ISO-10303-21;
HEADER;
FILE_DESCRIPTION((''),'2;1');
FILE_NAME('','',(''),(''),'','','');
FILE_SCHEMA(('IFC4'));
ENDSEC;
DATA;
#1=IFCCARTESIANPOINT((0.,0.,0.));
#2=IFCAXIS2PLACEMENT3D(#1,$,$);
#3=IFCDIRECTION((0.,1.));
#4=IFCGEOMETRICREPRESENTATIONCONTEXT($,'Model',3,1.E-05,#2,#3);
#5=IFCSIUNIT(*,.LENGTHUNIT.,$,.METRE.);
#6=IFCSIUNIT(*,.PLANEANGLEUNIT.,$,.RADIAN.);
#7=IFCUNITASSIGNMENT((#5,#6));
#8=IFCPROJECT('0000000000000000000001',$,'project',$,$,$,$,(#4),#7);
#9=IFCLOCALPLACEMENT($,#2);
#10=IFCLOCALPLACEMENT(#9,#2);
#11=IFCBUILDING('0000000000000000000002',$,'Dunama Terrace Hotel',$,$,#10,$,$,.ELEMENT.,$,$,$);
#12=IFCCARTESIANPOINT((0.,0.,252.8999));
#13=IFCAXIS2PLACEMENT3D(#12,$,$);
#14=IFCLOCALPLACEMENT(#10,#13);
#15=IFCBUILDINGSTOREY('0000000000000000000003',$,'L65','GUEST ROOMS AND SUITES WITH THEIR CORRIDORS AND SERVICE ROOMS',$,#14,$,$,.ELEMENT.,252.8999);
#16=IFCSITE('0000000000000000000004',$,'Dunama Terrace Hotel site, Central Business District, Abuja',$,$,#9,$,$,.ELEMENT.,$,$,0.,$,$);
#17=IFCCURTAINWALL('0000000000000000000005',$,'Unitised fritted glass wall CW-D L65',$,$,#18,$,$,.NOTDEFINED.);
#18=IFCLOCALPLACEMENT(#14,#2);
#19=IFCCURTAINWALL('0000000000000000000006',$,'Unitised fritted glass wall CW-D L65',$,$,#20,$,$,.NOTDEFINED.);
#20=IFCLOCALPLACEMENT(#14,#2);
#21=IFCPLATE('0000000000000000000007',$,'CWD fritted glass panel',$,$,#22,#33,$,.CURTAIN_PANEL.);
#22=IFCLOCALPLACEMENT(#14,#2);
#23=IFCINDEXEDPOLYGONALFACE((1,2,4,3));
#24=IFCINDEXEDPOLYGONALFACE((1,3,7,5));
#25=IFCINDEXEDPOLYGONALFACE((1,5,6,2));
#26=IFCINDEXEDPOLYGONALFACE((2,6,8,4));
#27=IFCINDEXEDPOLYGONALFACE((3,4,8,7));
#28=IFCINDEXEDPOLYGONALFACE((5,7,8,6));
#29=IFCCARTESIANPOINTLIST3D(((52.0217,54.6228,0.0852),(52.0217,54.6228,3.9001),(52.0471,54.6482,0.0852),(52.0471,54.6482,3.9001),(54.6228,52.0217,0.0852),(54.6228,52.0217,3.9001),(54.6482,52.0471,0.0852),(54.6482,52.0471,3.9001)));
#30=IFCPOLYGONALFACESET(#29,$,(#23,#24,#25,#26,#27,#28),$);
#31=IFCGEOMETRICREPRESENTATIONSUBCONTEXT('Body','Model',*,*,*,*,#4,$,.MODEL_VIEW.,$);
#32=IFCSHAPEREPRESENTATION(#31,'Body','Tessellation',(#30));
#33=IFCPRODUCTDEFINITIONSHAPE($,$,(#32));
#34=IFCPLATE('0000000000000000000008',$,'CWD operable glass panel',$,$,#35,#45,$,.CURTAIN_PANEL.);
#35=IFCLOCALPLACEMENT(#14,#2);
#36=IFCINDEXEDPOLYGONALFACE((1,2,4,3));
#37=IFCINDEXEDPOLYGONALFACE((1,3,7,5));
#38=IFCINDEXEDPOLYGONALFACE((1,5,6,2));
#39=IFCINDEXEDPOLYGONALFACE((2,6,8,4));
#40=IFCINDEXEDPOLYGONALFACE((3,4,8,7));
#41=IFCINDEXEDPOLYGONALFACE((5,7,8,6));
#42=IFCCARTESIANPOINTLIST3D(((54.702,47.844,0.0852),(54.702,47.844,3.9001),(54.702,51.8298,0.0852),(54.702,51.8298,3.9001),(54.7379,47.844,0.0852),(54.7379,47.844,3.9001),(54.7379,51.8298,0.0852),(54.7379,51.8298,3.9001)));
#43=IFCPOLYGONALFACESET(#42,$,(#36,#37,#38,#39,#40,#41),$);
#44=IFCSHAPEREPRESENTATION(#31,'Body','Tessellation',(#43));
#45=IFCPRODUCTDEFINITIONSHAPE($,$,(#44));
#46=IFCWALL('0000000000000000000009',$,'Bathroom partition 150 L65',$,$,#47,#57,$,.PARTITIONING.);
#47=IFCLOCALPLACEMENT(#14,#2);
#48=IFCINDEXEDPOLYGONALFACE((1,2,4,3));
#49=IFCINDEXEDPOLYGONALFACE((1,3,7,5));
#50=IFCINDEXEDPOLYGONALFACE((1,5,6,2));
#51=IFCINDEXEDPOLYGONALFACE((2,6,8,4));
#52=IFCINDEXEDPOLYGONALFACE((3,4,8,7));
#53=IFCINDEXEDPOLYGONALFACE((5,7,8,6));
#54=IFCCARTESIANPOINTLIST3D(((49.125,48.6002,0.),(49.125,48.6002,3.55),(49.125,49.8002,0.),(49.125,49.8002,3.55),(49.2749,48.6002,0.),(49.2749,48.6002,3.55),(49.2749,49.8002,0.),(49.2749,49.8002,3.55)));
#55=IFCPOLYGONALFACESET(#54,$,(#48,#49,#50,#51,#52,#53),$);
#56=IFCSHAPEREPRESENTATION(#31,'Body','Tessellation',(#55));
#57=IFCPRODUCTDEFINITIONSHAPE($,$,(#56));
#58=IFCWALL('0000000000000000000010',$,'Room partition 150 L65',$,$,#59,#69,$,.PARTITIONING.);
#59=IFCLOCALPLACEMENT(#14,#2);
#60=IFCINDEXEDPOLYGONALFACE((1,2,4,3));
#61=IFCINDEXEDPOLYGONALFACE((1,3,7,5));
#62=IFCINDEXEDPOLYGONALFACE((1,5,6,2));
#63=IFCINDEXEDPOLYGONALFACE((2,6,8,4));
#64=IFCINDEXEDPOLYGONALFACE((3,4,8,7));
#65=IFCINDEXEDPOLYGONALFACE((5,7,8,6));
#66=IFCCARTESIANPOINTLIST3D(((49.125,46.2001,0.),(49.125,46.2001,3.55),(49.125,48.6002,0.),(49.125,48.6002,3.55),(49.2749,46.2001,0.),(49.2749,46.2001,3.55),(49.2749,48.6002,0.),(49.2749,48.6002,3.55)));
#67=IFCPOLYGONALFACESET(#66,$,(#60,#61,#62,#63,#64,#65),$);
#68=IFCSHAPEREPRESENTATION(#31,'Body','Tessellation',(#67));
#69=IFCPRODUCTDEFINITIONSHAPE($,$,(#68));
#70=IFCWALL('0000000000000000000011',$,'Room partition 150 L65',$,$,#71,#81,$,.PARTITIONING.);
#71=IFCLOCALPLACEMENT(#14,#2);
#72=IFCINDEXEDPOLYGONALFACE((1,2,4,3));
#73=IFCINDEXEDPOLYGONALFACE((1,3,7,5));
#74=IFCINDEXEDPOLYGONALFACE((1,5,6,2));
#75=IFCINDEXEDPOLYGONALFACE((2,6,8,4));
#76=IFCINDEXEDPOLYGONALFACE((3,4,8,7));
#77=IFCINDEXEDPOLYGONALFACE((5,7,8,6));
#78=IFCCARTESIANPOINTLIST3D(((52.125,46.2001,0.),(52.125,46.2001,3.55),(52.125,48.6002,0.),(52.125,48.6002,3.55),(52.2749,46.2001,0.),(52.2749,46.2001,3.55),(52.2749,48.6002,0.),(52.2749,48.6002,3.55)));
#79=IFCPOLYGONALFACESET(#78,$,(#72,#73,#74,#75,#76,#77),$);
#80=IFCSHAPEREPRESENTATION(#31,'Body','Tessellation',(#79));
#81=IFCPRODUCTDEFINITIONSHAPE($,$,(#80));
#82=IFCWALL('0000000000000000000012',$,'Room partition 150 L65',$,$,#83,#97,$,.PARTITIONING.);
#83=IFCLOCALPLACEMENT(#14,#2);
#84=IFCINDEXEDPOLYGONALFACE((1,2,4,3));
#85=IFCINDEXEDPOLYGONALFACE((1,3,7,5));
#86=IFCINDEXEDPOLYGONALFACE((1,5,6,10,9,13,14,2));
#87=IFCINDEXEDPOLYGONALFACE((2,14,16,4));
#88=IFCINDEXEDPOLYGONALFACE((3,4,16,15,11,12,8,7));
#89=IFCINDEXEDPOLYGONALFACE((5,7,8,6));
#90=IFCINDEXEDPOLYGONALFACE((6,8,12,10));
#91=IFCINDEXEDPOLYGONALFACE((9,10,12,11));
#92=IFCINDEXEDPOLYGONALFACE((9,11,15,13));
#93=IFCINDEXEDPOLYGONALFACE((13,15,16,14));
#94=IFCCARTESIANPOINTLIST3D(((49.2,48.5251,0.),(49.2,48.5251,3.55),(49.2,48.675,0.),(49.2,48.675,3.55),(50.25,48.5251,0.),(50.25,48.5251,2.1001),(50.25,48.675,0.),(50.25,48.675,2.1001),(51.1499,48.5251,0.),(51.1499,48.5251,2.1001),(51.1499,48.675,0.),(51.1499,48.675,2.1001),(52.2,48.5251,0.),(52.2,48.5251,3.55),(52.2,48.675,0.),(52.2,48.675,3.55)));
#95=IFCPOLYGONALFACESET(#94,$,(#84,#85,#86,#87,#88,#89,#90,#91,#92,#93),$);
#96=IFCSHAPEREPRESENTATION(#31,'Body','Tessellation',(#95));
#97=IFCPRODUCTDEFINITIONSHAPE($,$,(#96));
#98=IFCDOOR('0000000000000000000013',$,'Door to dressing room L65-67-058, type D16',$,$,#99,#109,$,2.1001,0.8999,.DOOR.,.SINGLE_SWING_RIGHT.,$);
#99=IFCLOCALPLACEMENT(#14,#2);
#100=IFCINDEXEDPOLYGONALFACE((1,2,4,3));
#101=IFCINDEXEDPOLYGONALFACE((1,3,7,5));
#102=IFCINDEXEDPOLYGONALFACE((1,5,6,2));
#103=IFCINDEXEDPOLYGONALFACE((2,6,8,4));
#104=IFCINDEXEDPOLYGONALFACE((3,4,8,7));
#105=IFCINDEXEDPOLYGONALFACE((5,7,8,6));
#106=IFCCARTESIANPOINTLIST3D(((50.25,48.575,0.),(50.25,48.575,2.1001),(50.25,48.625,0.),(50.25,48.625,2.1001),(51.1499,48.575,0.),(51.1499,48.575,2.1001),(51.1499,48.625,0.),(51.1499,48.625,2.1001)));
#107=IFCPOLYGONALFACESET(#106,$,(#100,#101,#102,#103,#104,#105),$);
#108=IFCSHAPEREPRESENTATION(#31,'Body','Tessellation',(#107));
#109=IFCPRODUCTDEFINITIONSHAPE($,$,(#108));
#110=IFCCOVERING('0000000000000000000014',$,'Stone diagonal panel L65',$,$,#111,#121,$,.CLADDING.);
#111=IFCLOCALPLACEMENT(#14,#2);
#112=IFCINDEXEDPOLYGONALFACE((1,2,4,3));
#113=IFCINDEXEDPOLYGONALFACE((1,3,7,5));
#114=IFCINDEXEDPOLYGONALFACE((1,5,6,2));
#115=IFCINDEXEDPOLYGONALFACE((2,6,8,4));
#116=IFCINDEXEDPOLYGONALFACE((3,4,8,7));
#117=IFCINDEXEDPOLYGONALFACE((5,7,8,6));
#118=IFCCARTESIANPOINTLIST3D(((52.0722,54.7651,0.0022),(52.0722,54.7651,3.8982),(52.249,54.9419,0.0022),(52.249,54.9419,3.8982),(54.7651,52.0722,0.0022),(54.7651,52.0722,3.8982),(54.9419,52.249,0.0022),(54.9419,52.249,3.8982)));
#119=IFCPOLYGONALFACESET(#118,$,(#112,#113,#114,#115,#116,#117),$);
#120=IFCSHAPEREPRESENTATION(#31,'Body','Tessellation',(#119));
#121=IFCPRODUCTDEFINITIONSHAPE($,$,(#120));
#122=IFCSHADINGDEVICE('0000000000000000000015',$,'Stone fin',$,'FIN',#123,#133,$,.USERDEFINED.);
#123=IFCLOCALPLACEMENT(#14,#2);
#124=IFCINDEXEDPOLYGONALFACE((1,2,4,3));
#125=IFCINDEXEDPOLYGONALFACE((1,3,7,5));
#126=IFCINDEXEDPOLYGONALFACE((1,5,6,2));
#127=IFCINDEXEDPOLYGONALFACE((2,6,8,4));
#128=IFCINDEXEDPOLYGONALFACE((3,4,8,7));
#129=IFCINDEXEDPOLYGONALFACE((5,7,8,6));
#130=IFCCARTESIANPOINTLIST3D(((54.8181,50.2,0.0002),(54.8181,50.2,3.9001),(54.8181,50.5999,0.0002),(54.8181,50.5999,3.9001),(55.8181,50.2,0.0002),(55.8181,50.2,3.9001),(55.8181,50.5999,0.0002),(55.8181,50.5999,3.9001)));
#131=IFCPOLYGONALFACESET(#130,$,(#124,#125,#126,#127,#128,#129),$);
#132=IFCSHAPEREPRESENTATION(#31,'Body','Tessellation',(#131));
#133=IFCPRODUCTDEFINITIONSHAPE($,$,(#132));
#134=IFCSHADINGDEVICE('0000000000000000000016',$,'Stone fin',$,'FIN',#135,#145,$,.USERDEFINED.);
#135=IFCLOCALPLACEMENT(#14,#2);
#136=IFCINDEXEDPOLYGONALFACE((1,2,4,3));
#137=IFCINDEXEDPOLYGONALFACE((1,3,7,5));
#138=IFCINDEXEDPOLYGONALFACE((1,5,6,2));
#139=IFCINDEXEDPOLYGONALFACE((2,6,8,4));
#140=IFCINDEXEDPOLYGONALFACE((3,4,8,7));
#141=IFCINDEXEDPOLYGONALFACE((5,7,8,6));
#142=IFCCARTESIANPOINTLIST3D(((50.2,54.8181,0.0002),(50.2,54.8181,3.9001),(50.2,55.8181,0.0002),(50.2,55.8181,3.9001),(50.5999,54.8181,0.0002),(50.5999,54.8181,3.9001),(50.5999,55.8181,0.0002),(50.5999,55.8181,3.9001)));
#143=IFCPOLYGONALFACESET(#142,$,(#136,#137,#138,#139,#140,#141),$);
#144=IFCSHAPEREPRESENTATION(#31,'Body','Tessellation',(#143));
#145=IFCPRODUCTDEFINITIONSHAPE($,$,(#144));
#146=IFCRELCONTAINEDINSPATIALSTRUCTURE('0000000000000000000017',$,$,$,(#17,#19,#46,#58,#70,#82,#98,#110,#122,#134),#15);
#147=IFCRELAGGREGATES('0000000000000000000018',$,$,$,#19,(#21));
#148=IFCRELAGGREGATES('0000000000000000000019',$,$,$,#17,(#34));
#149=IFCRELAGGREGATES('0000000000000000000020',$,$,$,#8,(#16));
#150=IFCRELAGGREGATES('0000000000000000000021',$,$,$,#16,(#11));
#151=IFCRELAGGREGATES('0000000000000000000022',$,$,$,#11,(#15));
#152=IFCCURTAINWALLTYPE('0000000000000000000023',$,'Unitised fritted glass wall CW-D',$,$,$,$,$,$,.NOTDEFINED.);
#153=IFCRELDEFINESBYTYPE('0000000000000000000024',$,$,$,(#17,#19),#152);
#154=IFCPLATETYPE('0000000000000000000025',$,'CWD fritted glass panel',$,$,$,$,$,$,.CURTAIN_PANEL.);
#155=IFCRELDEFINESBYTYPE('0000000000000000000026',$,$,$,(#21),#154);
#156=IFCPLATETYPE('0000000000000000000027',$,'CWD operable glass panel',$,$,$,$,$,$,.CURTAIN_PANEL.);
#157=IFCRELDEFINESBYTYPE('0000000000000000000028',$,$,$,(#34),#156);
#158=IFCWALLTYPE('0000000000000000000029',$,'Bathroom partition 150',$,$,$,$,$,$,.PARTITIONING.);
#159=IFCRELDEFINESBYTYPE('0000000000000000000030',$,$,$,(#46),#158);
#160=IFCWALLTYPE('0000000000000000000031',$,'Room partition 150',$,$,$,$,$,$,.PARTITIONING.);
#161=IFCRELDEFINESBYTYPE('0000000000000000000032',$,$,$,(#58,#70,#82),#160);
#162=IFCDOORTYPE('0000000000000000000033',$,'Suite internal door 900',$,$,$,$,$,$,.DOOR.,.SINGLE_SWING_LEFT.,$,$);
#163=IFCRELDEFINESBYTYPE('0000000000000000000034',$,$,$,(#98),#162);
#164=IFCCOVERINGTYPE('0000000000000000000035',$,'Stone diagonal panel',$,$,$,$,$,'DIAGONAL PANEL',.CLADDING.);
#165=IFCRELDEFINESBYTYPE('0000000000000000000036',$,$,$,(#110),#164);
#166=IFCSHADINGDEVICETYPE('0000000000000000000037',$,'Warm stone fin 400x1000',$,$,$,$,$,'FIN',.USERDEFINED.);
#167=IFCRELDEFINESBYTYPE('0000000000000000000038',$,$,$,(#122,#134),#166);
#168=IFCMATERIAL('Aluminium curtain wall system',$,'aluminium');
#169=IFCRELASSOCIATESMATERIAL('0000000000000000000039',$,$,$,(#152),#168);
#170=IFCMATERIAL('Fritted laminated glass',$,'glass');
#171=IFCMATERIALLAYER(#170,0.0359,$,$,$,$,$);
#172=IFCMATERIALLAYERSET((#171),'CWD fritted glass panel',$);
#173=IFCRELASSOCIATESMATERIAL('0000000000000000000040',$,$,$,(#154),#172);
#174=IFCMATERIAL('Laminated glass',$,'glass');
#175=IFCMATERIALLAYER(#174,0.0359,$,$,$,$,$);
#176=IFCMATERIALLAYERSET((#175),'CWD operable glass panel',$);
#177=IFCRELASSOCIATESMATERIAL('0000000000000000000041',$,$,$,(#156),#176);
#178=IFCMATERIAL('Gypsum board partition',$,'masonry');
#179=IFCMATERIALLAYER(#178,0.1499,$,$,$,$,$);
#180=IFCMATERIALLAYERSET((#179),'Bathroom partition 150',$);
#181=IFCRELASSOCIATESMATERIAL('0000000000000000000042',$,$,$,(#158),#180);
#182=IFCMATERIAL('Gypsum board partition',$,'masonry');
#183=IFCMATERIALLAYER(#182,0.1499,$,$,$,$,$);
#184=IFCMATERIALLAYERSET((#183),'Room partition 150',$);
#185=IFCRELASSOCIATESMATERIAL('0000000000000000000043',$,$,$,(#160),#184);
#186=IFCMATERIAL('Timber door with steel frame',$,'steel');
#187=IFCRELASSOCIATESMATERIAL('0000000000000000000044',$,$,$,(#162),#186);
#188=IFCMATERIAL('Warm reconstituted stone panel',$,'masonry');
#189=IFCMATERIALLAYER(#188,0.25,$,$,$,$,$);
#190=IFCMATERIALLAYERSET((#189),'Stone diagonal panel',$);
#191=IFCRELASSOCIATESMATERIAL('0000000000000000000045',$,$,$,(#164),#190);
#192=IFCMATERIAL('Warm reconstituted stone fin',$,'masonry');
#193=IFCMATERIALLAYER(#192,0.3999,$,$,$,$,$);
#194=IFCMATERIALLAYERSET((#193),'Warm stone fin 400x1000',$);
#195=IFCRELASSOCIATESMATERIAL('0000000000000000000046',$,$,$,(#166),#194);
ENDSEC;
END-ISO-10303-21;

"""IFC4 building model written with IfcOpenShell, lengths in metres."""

from ifc_helpers import new_model, si_unit, direction, frame, frame_2d, origin, origin_2d, place, context, subcontext, project, spatial, rectangle, extrude, material, layer, layer_set, type_object, element, fill, aggregate, save


model = new_model("IFC4")

# Units and contexts
model_context = context("Model", 3, precision=1e-05, world=origin(), true_north=direction((0.0, 1.0)))
body_context = subcontext(model_context, "Body", "Model", "MODEL_VIEW")
ifc_project = project(units=[si_unit("LENGTHUNIT", "METRE"), si_unit("PLANEANGLEUNIT", "RADIAN")], contexts=[model_context])

# Site, building, storey
site_placement = place(None, origin())
site = spatial("IfcSite", under=ifc_project, at=site_placement, Name="Dunama Terrace Hotel site, Central Business District, Abuja", CompositionType="ELEMENT", RefElevation=0.0)
building_placement = place(site_placement, origin())
building = spatial("IfcBuilding", under=site, at=building_placement, Name="Dunama Terrace Hotel", CompositionType="ELEMENT")
storey_placement = place(building_placement, frame((0.0, 0.0, 252.8999)))
storey = spatial("IfcBuildingStorey", under=building, at=storey_placement, Name="L65", Description="GUEST ROOMS AND SUITES WITH THEIR CORRIDORS AND SERVICE ROOMS", CompositionType="ELEMENT", Elevation=252.8999)

# Curtain walls
ifc_material_1 = material(Name="Aluminium curtain wall system", Category="aluminium")
curtain_wall_type = type_object("IfcCurtainWallType", Name="Unitised fritted glass wall CW-D", PredefinedType="NOTDEFINED", material=ifc_material_1)
curtain_wall_1_placement = place(storey_placement, origin())
curtain_wall_1 = element("IfcCurtainWall", 1, at=curtain_wall_1_placement, inside=storey, type_object=curtain_wall_type, Name="Unitised fritted glass wall CW-D L65", PredefinedType="NOTDEFINED")
curtain_wall_2_placement = place(storey_placement, origin())
curtain_wall_2 = element("IfcCurtainWall", 2, at=curtain_wall_2_placement, inside=storey, type_object=curtain_wall_type, Name="Unitised fritted glass wall CW-D L65", PredefinedType="NOTDEFINED")

# Plates
ifc_material_2 = material(Name="Fritted laminated glass", Category="glass")
ifc_layer_1 = layer(ifc_material_2, 0.0359)
ifc_layer_set_1 = layer_set([ifc_layer_1], Name="CWD fritted glass panel")
plate_type_1 = type_object("IfcPlateType", Name="CWD fritted glass panel", PredefinedType="CURTAIN_PANEL", material=ifc_layer_set_1)
plate_1_placement = place(storey_placement, frame((53.335, 53.335, 0.0852), z_axis=(0.0, 0.0, 1.0), x_axis=(-0.707107, 0.707107, 0.0)))
plate_1 = element("IfcPlate", 3, at=plate_1_placement, type_object=plate_type_1, Name="CWD fritted glass panel", PredefinedType="CURTAIN_PANEL", context=body_context, shape_type="SweptSolid", body=[
    extrude(rectangle(XDim=3.6785, YDim=0.0359, at=origin_2d()), origin(), (0.0, 0.0, 1.0), 3.8149),
])
aggregate(curtain_wall_2, [plate_1])
ifc_material_3 = material(Name="Laminated glass", Category="glass")
ifc_layer_2 = layer(ifc_material_3, 0.0359)
ifc_layer_set_2 = layer_set([ifc_layer_2], Name="CWD operable glass panel")
plate_type_2 = type_object("IfcPlateType", Name="CWD operable glass panel", PredefinedType="CURTAIN_PANEL", material=ifc_layer_set_2)
plate_2_placement = place(storey_placement, frame((54.72, 49.8369, 0.0852), z_axis=(0.0, 0.0, 1.0), x_axis=(0.0, 1.0, 0.0)))
plate_2 = element("IfcPlate", 4, at=plate_2_placement, type_object=plate_type_2, Name="CWD operable glass panel", PredefinedType="CURTAIN_PANEL", context=body_context, shape_type="SweptSolid", body=[
    extrude(rectangle(XDim=3.9858, YDim=0.0359, at=origin_2d()), origin(), (0.0, 0.0, 1.0), 3.8149),
])
aggregate(curtain_wall_1, [plate_2])

# Walls
ifc_material_4 = material(Name="Gypsum board partition", Category="masonry")
ifc_layer_3 = layer(ifc_material_4, 0.1499)
ifc_layer_set_3 = layer_set([ifc_layer_3], Name="Bathroom partition 150")
wall_type_1 = type_object("IfcWallType", Name="Bathroom partition 150", PredefinedType="PARTITIONING", material=ifc_layer_set_3)
wall_1_placement = place(storey_placement, frame((49.2, 48.6001, 0.0), z_axis=(0.0, 0.0, 1.0), x_axis=(0.0, 1.0, 0.0)))
element("IfcWall", 5, at=wall_1_placement, inside=storey, type_object=wall_type_1, Name="Bathroom partition 150 L65", PredefinedType="PARTITIONING", context=body_context, shape_type="SweptSolid", body=[
    extrude(rectangle(XDim=1.2, YDim=0.1499, at=frame_2d((0.6001, 0.0))), origin(), (0.0, 0.0, 1.0), 3.55),
])
ifc_material_5 = material(Name="Gypsum board partition", Category="masonry")
ifc_layer_4 = layer(ifc_material_5, 0.1499)
ifc_layer_set_4 = layer_set([ifc_layer_4], Name="Room partition 150")
wall_type_2 = type_object("IfcWallType", Name="Room partition 150", PredefinedType="PARTITIONING", material=ifc_layer_set_4)
for number, where, z_axis, x_axis, name in (
    (6, (49.2, 46.2, 0.0), (0.0, 0.0, 1.0), (0.0, 1.0, 0.0), "Room partition 150 L65"),
    (7, (52.2, 46.2, 0.0), (0.0, 0.0, 1.0), (0.0, 1.0, 0.0), "Room partition 150 L65"),
):
    element("IfcWall", number, at=place(storey_placement, frame(where, z_axis=z_axis, x_axis=x_axis)), inside=storey, type_object=wall_type_2, Name=name, PredefinedType="PARTITIONING", context=body_context, shape_type="SweptSolid", body=[
        extrude(rectangle(XDim=2.4001, YDim=0.1499, at=frame_2d((1.2002, 0.0))), origin(), (0.0, 0.0, 1.0), 3.55),
    ])

# Wall, opening, door
wall_2_placement = place(storey_placement, frame((49.2, 48.6001, 0.0), z_axis=(0.0, 0.0, 1.0), x_axis=(1.0, 0.0, 0.0)))
wall_2 = element("IfcWall", 8, at=wall_2_placement, inside=storey, type_object=wall_type_2, Name="Room partition 150 L65", PredefinedType="PARTITIONING", context=body_context, shape_type="SweptSolid", body=[
    extrude(rectangle(XDim=3.0, YDim=0.1499, at=frame_2d((1.5, 0.0))), origin(), (0.0, 0.0, 1.0), 3.55),
])
opening_placement = place(wall_2_placement, frame((1.05, 0.0, 0.0)))
opening = element("IfcOpeningElement", 9, at=opening_placement, cuts=wall_2, PredefinedType="OPENING", context=body_context, shape_type="SweptSolid", body=[
    extrude(rectangle(XDim=0.8999, YDim=2.1001, at=frame_2d((0.45, 1.05))), frame((0.0, 0.085, 0.0), z_axis=(0.0, -1.0, 0.0), x_axis=(1.0, 0.0, 0.0)), (0.0, 0.0, 1.0), 0.1699),
])
ifc_material_6 = material(Name="Timber door with steel frame", Category="steel")
door_type = type_object("IfcDoorType", Name="Suite internal door 900", OperationType="SINGLE_SWING_LEFT", PredefinedType="DOOR", material=ifc_material_6)
door_placement = place(opening_placement, frame((0.8999, 0.0, 0.0), z_axis=(0.0, 0.0, 1.0), x_axis=(-1.0, 0.0, 0.0)))
door = element("IfcDoor", 10, at=door_placement, inside=storey, type_object=door_type, Name="Door to dressing room L65-67-058, type D16", OperationType="SINGLE_SWING_RIGHT", OverallHeight=2.1001, OverallWidth=0.8999, PredefinedType="DOOR", context=body_context, shape_type="SweptSolid", body=[
    extrude(rectangle(XDim=0.8999, YDim=2.1001, at=frame_2d((0.45, 1.05))), frame((0.0, 0.0251, 0.0), z_axis=(0.0, -1.0, 0.0), x_axis=(1.0, 0.0, 0.0)), (0.0, 0.0, 1.0), 0.05),
])
fill(opening, door)

# Covering
ifc_material_7 = material(Name="Warm reconstituted stone panel", Category="masonry")
ifc_layer_5 = layer(ifc_material_7, 0.25)
ifc_layer_set_5 = layer_set([ifc_layer_5], Name="Stone diagonal panel")
covering_type = type_object("IfcCoveringType", Name="Stone diagonal panel", ElementType="DIAGONAL PANEL", PredefinedType="CLADDING", material=ifc_layer_set_5)
covering_placement = place(storey_placement, frame((53.5071, 53.5071, 0.0022), z_axis=(0.0, 0.0, 1.0), x_axis=(-0.707107, 0.707107, 0.0)))
element("IfcCovering", 11, at=covering_placement, inside=storey, type_object=covering_type, Name="Stone diagonal panel L65", PredefinedType="CLADDING", context=body_context, shape_type="SweptSolid", body=[
    extrude(rectangle(XDim=3.8083, YDim=0.25, at=origin_2d()), origin(), (0.0, 0.0, 1.0), 3.896),
])

# Shading devices
ifc_material_8 = material(Name="Warm reconstituted stone fin", Category="masonry")
ifc_layer_6 = layer(ifc_material_8, 0.3999)
ifc_layer_set_6 = layer_set([ifc_layer_6], Name="Warm stone fin 400x1000")
shading_device_type = type_object("IfcShadingDeviceType", Name="Warm stone fin 400x1000", ElementType="FIN", PredefinedType="USERDEFINED", material=ifc_layer_set_6)
for number, where, z_axis, x_axis, name in (
    (12, (55.3181, 50.3999, 0.0002), (0.0, 0.0, 1.0), (0.0, 1.0, 0.0), "Stone fin"),
    (13, (50.3999, 55.3181, 0.0002), (0.0, 0.0, 1.0), (-1.0, 0.0, 0.0), "Stone fin"),
):
    element("IfcShadingDevice", number, at=place(storey_placement, frame(where, z_axis=z_axis, x_axis=x_axis)), inside=storey, type_object=shading_device_type, Name=name, ObjectType="FIN", PredefinedType="USERDEFINED", context=body_context, shape_type="SweptSolid", body=[
        extrude(rectangle(XDim=0.3999, YDim=1.0, at=origin_2d()), origin(), (0.0, 0.0, 1.0), 3.8999),
    ])

save(model, "model.ifc")
